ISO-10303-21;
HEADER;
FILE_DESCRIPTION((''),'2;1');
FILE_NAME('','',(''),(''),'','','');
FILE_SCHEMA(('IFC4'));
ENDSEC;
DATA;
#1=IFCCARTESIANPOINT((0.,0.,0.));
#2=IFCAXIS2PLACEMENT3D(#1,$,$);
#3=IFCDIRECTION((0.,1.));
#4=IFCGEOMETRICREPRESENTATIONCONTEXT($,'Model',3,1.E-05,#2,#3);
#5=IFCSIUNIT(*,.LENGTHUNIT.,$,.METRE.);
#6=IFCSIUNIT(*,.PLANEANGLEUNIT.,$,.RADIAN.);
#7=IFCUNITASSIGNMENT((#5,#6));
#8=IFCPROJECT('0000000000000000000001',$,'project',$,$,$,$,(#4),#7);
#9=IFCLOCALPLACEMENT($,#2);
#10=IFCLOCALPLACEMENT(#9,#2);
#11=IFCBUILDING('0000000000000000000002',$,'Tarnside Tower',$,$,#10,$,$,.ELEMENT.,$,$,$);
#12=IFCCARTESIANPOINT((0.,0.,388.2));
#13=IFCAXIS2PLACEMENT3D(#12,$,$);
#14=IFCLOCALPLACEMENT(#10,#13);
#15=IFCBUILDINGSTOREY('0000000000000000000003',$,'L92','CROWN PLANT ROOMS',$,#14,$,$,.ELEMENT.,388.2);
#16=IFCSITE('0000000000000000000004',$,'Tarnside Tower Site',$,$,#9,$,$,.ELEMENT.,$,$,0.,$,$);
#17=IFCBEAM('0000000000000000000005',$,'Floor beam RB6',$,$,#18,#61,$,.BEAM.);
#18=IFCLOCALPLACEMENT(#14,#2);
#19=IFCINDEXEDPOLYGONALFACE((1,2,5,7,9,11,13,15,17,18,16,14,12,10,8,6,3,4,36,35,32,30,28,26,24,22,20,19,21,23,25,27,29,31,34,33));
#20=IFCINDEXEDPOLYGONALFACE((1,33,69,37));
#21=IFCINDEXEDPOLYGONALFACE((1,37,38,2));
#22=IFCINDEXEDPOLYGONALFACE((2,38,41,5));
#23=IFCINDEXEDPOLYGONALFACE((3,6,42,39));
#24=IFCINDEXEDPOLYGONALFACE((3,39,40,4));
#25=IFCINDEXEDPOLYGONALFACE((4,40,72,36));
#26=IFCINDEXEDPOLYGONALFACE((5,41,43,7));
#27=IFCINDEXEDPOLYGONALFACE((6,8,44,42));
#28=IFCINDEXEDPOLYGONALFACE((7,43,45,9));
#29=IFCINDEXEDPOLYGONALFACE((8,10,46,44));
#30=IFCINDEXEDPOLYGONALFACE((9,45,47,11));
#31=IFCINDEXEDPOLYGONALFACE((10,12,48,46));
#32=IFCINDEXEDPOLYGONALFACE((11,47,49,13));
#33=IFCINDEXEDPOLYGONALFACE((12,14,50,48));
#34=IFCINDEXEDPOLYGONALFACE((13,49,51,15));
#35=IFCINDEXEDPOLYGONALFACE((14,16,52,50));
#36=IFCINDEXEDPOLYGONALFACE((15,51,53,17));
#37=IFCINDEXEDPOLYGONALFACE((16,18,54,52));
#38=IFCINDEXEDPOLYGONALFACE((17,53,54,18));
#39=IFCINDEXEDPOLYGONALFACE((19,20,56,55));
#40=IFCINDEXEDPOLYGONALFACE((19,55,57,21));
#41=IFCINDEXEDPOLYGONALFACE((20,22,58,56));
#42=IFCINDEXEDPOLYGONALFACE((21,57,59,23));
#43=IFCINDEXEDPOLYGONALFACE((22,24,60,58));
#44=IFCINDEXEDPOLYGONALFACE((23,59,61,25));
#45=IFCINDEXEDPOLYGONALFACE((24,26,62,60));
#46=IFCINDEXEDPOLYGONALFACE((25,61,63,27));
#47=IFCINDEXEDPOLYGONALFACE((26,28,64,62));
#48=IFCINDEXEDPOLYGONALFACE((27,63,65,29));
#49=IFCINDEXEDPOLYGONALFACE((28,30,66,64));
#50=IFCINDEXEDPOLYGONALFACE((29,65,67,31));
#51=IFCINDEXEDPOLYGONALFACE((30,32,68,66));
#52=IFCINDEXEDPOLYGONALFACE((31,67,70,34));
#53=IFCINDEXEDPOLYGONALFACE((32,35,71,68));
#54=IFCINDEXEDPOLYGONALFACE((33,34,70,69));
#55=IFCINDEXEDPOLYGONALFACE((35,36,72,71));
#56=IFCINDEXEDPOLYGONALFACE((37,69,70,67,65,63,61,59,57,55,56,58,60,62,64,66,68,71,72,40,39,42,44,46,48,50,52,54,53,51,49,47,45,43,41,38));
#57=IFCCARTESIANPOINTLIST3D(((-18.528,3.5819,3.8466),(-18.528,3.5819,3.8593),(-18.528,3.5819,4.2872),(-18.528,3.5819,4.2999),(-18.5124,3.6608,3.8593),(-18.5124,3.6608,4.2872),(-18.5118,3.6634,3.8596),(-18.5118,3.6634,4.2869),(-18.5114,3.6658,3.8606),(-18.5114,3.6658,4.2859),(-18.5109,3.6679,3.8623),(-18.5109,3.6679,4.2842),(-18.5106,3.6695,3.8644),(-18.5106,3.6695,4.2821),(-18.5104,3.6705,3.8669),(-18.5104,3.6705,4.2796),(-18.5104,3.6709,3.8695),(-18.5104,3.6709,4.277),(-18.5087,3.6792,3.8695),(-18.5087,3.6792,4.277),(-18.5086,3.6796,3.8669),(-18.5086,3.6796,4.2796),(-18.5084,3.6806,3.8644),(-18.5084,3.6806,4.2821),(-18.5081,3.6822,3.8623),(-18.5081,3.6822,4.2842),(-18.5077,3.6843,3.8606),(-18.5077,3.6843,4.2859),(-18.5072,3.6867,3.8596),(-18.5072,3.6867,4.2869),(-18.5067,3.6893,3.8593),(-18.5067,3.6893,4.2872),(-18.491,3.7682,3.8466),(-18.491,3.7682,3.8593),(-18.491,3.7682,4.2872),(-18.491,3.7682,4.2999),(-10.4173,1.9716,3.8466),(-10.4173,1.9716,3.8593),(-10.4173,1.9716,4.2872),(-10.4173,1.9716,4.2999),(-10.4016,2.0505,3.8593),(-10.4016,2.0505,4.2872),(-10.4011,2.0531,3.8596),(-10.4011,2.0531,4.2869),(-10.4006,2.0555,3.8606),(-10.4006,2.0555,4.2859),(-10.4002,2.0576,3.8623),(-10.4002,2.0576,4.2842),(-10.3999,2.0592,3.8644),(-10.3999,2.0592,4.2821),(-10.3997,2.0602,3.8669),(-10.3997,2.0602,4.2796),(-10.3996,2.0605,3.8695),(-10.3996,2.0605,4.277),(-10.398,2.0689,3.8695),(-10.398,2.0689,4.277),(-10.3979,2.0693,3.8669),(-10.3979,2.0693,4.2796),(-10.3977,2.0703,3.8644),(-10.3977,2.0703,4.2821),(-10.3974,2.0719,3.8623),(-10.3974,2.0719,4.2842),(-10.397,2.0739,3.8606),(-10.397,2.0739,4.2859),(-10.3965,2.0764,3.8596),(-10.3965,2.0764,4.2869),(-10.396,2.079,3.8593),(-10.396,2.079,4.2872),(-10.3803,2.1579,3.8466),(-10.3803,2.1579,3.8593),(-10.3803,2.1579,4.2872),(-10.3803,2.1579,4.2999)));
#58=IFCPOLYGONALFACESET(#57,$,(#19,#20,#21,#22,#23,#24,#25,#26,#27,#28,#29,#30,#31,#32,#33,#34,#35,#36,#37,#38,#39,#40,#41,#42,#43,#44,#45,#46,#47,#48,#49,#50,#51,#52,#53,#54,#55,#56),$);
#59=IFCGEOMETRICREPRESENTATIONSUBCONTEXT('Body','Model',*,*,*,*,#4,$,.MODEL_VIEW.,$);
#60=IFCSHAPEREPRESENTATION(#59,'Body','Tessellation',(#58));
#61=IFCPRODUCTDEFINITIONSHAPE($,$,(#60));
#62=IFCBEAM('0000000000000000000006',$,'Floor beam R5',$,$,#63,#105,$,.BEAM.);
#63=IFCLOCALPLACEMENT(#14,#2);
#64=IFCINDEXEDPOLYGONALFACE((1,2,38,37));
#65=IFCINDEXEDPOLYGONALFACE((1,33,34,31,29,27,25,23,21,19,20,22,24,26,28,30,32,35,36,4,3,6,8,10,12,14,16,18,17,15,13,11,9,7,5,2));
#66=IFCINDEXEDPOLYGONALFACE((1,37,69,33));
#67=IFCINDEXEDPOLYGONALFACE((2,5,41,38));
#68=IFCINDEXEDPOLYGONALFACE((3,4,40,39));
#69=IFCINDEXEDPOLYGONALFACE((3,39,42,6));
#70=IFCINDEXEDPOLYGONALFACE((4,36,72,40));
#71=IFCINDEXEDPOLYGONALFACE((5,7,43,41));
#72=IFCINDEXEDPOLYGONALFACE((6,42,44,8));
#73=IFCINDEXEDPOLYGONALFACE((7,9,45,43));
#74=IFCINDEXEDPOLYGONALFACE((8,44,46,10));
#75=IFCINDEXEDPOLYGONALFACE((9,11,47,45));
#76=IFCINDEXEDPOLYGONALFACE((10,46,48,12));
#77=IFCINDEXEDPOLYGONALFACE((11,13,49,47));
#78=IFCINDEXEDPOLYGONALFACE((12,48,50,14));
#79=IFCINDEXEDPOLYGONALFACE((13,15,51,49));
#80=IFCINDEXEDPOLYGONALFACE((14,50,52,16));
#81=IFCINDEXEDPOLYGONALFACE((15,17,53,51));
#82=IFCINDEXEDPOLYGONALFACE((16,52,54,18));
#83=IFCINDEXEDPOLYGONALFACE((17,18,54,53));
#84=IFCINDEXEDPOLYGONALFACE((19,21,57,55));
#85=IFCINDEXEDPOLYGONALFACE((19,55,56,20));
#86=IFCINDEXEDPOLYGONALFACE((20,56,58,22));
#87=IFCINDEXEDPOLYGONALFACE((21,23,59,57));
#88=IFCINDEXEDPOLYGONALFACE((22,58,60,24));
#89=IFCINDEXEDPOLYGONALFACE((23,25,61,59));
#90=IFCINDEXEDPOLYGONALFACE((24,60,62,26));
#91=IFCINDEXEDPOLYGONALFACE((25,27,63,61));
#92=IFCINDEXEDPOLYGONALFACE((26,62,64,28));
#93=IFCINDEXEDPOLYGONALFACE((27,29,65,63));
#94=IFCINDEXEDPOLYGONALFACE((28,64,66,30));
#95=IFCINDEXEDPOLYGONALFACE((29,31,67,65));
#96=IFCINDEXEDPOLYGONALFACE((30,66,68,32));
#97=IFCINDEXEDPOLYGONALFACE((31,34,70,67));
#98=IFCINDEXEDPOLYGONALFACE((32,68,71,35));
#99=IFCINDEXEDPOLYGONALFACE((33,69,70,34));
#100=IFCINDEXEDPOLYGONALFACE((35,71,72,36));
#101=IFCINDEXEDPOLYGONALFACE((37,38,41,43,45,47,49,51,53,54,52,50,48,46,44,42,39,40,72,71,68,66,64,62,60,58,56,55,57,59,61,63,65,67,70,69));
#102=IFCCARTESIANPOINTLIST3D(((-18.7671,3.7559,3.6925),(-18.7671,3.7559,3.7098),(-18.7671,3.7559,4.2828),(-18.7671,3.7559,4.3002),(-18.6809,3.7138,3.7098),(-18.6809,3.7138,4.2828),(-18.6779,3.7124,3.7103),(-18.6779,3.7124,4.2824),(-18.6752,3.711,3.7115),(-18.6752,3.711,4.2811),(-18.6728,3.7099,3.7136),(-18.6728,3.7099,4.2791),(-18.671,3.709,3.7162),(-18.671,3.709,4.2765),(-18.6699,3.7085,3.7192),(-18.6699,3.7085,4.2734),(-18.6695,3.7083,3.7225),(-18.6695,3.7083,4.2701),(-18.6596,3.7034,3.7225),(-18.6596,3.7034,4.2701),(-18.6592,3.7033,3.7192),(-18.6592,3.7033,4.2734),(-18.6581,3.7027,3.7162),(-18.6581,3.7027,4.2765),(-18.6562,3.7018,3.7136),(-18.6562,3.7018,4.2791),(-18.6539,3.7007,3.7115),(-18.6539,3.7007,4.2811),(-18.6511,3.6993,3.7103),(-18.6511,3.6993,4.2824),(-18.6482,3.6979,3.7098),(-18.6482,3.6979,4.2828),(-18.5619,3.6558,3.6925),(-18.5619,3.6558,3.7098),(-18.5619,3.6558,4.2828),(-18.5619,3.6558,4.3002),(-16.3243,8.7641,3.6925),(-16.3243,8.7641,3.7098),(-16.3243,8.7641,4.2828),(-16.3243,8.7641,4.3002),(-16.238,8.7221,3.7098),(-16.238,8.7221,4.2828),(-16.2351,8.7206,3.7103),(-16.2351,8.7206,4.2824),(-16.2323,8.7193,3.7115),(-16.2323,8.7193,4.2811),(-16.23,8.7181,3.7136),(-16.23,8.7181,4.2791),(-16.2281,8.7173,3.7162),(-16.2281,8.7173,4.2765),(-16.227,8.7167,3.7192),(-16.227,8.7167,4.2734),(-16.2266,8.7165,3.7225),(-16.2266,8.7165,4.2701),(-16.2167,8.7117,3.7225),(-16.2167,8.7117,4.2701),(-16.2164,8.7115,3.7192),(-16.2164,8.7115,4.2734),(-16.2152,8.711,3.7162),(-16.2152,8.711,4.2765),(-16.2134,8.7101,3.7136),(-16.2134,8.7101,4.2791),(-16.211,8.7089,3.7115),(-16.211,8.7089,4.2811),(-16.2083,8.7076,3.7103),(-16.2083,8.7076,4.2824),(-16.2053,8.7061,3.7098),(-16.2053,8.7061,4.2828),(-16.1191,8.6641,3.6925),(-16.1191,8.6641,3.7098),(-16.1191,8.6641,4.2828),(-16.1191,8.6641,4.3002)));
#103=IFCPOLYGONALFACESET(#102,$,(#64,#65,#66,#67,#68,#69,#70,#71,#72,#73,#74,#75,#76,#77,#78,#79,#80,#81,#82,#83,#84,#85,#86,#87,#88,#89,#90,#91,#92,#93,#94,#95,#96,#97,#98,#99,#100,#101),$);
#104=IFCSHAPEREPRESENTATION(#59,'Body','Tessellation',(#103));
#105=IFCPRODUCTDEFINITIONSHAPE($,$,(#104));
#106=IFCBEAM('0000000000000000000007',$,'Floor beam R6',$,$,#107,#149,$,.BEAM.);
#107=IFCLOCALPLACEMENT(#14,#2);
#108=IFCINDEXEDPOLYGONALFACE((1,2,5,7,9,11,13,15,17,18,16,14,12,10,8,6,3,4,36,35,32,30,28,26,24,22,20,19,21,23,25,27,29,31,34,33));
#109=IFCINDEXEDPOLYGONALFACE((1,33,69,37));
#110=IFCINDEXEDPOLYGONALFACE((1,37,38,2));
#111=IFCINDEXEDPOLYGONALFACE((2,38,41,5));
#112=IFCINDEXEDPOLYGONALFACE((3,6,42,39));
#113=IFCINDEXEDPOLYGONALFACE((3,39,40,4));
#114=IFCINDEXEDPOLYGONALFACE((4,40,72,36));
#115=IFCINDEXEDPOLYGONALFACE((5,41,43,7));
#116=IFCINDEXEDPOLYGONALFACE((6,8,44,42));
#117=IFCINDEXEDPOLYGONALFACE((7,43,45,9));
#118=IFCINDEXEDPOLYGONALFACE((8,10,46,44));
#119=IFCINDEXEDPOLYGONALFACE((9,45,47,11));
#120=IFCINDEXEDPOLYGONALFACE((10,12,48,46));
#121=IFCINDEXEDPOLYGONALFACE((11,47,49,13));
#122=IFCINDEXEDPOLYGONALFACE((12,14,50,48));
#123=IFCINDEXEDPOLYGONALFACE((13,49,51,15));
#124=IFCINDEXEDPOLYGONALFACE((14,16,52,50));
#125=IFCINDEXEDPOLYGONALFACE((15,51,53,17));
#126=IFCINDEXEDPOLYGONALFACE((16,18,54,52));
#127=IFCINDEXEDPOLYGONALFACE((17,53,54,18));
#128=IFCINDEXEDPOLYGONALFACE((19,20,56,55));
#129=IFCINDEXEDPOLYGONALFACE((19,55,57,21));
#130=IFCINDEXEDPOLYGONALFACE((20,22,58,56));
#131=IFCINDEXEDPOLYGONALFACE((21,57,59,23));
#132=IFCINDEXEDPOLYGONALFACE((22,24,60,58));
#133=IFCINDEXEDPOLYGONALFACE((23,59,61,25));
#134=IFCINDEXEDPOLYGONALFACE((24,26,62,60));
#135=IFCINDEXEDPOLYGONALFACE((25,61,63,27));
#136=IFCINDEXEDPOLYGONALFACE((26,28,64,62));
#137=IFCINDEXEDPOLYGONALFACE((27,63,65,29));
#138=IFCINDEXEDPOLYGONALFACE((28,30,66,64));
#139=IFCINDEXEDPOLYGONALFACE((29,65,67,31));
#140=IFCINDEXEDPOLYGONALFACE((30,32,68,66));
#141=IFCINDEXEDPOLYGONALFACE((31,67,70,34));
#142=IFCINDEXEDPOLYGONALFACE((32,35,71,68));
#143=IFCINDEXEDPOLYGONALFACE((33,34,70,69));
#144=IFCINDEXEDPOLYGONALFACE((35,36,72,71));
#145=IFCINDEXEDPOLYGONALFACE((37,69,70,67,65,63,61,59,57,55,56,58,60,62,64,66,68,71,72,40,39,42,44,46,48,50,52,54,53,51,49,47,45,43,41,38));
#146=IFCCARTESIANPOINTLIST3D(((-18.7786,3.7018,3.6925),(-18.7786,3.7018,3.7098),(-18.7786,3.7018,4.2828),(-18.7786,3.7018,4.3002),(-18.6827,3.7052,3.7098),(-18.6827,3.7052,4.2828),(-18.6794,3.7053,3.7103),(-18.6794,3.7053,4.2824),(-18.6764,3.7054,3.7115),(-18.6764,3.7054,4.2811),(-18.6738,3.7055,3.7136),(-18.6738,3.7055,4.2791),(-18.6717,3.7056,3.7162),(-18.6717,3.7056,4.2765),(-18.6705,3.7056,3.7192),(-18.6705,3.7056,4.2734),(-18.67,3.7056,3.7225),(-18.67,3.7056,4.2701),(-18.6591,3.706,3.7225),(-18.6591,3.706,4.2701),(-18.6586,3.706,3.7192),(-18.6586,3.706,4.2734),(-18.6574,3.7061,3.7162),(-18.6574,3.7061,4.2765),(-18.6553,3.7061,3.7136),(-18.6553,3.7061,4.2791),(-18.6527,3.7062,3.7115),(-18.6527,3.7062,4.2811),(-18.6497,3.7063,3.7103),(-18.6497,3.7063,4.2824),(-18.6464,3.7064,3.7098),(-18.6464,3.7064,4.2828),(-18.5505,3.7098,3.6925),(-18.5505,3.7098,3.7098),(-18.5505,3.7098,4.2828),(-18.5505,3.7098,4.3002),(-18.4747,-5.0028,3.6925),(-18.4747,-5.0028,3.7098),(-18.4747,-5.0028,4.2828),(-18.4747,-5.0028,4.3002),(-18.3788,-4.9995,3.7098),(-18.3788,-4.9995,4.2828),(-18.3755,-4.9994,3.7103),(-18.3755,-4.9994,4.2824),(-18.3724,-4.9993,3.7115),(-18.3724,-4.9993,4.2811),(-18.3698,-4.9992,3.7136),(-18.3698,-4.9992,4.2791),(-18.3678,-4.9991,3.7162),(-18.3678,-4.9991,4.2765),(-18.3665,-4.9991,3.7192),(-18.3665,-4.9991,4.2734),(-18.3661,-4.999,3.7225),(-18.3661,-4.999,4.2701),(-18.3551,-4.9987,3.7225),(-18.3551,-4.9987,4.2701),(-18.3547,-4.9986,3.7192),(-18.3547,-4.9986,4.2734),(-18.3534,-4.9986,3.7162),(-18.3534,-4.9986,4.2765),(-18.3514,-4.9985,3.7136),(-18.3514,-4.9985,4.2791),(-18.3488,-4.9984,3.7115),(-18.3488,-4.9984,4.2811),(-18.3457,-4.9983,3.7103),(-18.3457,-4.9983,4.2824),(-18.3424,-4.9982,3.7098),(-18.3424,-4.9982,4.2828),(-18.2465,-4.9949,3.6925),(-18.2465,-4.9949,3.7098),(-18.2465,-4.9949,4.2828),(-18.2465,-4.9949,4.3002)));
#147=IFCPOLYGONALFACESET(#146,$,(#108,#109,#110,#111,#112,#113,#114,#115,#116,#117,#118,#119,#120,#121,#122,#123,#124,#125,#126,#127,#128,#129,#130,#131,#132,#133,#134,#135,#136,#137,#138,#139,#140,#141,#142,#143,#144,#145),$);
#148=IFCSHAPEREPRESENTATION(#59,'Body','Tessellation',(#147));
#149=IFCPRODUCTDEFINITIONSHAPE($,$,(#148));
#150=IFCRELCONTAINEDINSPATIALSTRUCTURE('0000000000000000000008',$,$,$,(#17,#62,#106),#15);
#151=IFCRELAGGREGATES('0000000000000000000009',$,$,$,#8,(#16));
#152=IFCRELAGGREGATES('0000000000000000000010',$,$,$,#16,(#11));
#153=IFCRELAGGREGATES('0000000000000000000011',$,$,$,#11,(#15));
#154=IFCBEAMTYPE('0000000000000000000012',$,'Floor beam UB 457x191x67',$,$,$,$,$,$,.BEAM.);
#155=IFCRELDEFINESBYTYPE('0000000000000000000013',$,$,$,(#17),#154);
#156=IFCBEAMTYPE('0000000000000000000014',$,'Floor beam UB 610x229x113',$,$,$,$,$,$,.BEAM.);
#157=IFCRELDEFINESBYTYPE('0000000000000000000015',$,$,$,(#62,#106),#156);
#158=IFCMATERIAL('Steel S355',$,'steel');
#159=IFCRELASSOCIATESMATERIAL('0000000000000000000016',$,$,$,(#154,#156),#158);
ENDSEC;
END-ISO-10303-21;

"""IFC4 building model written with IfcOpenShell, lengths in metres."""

from ifc_helpers import new_model, si_unit, direction, frame, origin, origin_2d, place, context, subcontext, project, spatial, i_section, extrude, material, material_profile, profile_set, type_object, element, save


model = new_model("IFC4")

# Units and contexts
model_context = context("Model", 3, precision=1e-05, world=origin(), true_north=direction((0.0, 1.0)))
body_context = subcontext(model_context, "Body", "Model", "MODEL_VIEW")
ifc_project = project(units=[si_unit("LENGTHUNIT", "METRE"), si_unit("PLANEANGLEUNIT", "RADIAN")], contexts=[model_context])

# Site, building, storey
site_placement = place(None, origin())
site = spatial("IfcSite", under=ifc_project, at=site_placement, Name="Tarnside Tower Site", CompositionType="ELEMENT", RefElevation=0.0)
building_placement = place(site_placement, origin())
building = spatial("IfcBuilding", under=site, at=building_placement, Name="Tarnside Tower", CompositionType="ELEMENT")
storey_placement = place(building_placement, frame((0.0, 0.0, 388.2)))
storey = spatial("IfcBuildingStorey", under=building, at=storey_placement, Name="L92", Description="CROWN PLANT ROOMS", CompositionType="ELEMENT", Elevation=388.2)

# Beams
ifc_material_1 = material(Name="Steel S355", Category="steel")
ifc_material_profile_1 = material_profile(ifc_material_1, i_section(OverallWidth=0.1899, OverallDepth=0.4534, WebThickness=0.0085, FlangeThickness=0.0127, FilletRadius=0.0103, at=origin_2d()), Name="UB 457x191x67")
ifc_profile_set_1 = profile_set([ifc_material_profile_1], Name="Steel S355")
beam_type_1 = type_object("IfcBeamType", Name="Floor beam UB 457x191x67", PredefinedType="BEAM", material=ifc_profile_set_1)
beam_1_placement = place(storey_placement, frame((-18.5095, 3.675, 4.0732), z_axis=(0.980855, -0.194742, 0.0), x_axis=(0.194742, 0.980855, 0.0)))
element("IfcBeam", 1, at=beam_1_placement, inside=storey, type_object=beam_type_1, Name="Floor beam RB6", PredefinedType="BEAM", context=body_context, shape_type="SweptSolid", body=[
    extrude(i_section(OverallWidth=0.1899, OverallDepth=0.4534, WebThickness=0.0085, FlangeThickness=0.0127, FilletRadius=0.0103, at=origin_2d()), origin(), (0.0, 0.0, 1.0), 8.269),
])
ifc_material_profile_2 = material_profile(ifc_material_1, i_section(OverallWidth=0.2283, OverallDepth=0.6077, WebThickness=0.011, FlangeThickness=0.0173, FilletRadius=0.0127, at=origin_2d()), Name="UB 610x229x113")
ifc_profile_set_2 = profile_set([ifc_material_profile_2], Name="Steel S355")
beam_type_2 = type_object("IfcBeamType", Name="Floor beam UB 610x229x113", PredefinedType="BEAM", material=ifc_profile_set_2)
beam_2_placement = place(storey_placement, frame((-16.2217, 8.7141, 3.9963), z_axis=(-0.438394, -0.898783, 0.0), x_axis=(0.898783, -0.438394, 0.0)))
element("IfcBeam", 2, at=beam_2_placement, inside=storey, type_object=beam_type_2, Name="Floor beam R5", PredefinedType="BEAM", context=body_context, shape_type="SweptSolid", body=[
    extrude(i_section(OverallWidth=0.2283, OverallDepth=0.6077, WebThickness=0.011, FlangeThickness=0.0173, FilletRadius=0.0127, at=origin_2d()), origin(), (0.0, 0.0, 1.0), 5.5723),
])
beam_3_placement = place(storey_placement, frame((-18.6646, 3.7058, 3.9963), z_axis=(0.034898, -0.999391, 0.0), x_axis=(0.999391, 0.034898, 0.0)))
element("IfcBeam", 3, at=beam_3_placement, inside=storey, type_object=beam_type_2, Name="Floor beam R6", PredefinedType="BEAM", context=body_context, shape_type="SweptSolid", body=[
    extrude(i_section(OverallWidth=0.2283, OverallDepth=0.6077, WebThickness=0.011, FlangeThickness=0.0173, FilletRadius=0.0127, at=origin_2d()), origin(), (0.0, 0.0, 1.0), 8.71),
])

save(model, "model.ifc")
